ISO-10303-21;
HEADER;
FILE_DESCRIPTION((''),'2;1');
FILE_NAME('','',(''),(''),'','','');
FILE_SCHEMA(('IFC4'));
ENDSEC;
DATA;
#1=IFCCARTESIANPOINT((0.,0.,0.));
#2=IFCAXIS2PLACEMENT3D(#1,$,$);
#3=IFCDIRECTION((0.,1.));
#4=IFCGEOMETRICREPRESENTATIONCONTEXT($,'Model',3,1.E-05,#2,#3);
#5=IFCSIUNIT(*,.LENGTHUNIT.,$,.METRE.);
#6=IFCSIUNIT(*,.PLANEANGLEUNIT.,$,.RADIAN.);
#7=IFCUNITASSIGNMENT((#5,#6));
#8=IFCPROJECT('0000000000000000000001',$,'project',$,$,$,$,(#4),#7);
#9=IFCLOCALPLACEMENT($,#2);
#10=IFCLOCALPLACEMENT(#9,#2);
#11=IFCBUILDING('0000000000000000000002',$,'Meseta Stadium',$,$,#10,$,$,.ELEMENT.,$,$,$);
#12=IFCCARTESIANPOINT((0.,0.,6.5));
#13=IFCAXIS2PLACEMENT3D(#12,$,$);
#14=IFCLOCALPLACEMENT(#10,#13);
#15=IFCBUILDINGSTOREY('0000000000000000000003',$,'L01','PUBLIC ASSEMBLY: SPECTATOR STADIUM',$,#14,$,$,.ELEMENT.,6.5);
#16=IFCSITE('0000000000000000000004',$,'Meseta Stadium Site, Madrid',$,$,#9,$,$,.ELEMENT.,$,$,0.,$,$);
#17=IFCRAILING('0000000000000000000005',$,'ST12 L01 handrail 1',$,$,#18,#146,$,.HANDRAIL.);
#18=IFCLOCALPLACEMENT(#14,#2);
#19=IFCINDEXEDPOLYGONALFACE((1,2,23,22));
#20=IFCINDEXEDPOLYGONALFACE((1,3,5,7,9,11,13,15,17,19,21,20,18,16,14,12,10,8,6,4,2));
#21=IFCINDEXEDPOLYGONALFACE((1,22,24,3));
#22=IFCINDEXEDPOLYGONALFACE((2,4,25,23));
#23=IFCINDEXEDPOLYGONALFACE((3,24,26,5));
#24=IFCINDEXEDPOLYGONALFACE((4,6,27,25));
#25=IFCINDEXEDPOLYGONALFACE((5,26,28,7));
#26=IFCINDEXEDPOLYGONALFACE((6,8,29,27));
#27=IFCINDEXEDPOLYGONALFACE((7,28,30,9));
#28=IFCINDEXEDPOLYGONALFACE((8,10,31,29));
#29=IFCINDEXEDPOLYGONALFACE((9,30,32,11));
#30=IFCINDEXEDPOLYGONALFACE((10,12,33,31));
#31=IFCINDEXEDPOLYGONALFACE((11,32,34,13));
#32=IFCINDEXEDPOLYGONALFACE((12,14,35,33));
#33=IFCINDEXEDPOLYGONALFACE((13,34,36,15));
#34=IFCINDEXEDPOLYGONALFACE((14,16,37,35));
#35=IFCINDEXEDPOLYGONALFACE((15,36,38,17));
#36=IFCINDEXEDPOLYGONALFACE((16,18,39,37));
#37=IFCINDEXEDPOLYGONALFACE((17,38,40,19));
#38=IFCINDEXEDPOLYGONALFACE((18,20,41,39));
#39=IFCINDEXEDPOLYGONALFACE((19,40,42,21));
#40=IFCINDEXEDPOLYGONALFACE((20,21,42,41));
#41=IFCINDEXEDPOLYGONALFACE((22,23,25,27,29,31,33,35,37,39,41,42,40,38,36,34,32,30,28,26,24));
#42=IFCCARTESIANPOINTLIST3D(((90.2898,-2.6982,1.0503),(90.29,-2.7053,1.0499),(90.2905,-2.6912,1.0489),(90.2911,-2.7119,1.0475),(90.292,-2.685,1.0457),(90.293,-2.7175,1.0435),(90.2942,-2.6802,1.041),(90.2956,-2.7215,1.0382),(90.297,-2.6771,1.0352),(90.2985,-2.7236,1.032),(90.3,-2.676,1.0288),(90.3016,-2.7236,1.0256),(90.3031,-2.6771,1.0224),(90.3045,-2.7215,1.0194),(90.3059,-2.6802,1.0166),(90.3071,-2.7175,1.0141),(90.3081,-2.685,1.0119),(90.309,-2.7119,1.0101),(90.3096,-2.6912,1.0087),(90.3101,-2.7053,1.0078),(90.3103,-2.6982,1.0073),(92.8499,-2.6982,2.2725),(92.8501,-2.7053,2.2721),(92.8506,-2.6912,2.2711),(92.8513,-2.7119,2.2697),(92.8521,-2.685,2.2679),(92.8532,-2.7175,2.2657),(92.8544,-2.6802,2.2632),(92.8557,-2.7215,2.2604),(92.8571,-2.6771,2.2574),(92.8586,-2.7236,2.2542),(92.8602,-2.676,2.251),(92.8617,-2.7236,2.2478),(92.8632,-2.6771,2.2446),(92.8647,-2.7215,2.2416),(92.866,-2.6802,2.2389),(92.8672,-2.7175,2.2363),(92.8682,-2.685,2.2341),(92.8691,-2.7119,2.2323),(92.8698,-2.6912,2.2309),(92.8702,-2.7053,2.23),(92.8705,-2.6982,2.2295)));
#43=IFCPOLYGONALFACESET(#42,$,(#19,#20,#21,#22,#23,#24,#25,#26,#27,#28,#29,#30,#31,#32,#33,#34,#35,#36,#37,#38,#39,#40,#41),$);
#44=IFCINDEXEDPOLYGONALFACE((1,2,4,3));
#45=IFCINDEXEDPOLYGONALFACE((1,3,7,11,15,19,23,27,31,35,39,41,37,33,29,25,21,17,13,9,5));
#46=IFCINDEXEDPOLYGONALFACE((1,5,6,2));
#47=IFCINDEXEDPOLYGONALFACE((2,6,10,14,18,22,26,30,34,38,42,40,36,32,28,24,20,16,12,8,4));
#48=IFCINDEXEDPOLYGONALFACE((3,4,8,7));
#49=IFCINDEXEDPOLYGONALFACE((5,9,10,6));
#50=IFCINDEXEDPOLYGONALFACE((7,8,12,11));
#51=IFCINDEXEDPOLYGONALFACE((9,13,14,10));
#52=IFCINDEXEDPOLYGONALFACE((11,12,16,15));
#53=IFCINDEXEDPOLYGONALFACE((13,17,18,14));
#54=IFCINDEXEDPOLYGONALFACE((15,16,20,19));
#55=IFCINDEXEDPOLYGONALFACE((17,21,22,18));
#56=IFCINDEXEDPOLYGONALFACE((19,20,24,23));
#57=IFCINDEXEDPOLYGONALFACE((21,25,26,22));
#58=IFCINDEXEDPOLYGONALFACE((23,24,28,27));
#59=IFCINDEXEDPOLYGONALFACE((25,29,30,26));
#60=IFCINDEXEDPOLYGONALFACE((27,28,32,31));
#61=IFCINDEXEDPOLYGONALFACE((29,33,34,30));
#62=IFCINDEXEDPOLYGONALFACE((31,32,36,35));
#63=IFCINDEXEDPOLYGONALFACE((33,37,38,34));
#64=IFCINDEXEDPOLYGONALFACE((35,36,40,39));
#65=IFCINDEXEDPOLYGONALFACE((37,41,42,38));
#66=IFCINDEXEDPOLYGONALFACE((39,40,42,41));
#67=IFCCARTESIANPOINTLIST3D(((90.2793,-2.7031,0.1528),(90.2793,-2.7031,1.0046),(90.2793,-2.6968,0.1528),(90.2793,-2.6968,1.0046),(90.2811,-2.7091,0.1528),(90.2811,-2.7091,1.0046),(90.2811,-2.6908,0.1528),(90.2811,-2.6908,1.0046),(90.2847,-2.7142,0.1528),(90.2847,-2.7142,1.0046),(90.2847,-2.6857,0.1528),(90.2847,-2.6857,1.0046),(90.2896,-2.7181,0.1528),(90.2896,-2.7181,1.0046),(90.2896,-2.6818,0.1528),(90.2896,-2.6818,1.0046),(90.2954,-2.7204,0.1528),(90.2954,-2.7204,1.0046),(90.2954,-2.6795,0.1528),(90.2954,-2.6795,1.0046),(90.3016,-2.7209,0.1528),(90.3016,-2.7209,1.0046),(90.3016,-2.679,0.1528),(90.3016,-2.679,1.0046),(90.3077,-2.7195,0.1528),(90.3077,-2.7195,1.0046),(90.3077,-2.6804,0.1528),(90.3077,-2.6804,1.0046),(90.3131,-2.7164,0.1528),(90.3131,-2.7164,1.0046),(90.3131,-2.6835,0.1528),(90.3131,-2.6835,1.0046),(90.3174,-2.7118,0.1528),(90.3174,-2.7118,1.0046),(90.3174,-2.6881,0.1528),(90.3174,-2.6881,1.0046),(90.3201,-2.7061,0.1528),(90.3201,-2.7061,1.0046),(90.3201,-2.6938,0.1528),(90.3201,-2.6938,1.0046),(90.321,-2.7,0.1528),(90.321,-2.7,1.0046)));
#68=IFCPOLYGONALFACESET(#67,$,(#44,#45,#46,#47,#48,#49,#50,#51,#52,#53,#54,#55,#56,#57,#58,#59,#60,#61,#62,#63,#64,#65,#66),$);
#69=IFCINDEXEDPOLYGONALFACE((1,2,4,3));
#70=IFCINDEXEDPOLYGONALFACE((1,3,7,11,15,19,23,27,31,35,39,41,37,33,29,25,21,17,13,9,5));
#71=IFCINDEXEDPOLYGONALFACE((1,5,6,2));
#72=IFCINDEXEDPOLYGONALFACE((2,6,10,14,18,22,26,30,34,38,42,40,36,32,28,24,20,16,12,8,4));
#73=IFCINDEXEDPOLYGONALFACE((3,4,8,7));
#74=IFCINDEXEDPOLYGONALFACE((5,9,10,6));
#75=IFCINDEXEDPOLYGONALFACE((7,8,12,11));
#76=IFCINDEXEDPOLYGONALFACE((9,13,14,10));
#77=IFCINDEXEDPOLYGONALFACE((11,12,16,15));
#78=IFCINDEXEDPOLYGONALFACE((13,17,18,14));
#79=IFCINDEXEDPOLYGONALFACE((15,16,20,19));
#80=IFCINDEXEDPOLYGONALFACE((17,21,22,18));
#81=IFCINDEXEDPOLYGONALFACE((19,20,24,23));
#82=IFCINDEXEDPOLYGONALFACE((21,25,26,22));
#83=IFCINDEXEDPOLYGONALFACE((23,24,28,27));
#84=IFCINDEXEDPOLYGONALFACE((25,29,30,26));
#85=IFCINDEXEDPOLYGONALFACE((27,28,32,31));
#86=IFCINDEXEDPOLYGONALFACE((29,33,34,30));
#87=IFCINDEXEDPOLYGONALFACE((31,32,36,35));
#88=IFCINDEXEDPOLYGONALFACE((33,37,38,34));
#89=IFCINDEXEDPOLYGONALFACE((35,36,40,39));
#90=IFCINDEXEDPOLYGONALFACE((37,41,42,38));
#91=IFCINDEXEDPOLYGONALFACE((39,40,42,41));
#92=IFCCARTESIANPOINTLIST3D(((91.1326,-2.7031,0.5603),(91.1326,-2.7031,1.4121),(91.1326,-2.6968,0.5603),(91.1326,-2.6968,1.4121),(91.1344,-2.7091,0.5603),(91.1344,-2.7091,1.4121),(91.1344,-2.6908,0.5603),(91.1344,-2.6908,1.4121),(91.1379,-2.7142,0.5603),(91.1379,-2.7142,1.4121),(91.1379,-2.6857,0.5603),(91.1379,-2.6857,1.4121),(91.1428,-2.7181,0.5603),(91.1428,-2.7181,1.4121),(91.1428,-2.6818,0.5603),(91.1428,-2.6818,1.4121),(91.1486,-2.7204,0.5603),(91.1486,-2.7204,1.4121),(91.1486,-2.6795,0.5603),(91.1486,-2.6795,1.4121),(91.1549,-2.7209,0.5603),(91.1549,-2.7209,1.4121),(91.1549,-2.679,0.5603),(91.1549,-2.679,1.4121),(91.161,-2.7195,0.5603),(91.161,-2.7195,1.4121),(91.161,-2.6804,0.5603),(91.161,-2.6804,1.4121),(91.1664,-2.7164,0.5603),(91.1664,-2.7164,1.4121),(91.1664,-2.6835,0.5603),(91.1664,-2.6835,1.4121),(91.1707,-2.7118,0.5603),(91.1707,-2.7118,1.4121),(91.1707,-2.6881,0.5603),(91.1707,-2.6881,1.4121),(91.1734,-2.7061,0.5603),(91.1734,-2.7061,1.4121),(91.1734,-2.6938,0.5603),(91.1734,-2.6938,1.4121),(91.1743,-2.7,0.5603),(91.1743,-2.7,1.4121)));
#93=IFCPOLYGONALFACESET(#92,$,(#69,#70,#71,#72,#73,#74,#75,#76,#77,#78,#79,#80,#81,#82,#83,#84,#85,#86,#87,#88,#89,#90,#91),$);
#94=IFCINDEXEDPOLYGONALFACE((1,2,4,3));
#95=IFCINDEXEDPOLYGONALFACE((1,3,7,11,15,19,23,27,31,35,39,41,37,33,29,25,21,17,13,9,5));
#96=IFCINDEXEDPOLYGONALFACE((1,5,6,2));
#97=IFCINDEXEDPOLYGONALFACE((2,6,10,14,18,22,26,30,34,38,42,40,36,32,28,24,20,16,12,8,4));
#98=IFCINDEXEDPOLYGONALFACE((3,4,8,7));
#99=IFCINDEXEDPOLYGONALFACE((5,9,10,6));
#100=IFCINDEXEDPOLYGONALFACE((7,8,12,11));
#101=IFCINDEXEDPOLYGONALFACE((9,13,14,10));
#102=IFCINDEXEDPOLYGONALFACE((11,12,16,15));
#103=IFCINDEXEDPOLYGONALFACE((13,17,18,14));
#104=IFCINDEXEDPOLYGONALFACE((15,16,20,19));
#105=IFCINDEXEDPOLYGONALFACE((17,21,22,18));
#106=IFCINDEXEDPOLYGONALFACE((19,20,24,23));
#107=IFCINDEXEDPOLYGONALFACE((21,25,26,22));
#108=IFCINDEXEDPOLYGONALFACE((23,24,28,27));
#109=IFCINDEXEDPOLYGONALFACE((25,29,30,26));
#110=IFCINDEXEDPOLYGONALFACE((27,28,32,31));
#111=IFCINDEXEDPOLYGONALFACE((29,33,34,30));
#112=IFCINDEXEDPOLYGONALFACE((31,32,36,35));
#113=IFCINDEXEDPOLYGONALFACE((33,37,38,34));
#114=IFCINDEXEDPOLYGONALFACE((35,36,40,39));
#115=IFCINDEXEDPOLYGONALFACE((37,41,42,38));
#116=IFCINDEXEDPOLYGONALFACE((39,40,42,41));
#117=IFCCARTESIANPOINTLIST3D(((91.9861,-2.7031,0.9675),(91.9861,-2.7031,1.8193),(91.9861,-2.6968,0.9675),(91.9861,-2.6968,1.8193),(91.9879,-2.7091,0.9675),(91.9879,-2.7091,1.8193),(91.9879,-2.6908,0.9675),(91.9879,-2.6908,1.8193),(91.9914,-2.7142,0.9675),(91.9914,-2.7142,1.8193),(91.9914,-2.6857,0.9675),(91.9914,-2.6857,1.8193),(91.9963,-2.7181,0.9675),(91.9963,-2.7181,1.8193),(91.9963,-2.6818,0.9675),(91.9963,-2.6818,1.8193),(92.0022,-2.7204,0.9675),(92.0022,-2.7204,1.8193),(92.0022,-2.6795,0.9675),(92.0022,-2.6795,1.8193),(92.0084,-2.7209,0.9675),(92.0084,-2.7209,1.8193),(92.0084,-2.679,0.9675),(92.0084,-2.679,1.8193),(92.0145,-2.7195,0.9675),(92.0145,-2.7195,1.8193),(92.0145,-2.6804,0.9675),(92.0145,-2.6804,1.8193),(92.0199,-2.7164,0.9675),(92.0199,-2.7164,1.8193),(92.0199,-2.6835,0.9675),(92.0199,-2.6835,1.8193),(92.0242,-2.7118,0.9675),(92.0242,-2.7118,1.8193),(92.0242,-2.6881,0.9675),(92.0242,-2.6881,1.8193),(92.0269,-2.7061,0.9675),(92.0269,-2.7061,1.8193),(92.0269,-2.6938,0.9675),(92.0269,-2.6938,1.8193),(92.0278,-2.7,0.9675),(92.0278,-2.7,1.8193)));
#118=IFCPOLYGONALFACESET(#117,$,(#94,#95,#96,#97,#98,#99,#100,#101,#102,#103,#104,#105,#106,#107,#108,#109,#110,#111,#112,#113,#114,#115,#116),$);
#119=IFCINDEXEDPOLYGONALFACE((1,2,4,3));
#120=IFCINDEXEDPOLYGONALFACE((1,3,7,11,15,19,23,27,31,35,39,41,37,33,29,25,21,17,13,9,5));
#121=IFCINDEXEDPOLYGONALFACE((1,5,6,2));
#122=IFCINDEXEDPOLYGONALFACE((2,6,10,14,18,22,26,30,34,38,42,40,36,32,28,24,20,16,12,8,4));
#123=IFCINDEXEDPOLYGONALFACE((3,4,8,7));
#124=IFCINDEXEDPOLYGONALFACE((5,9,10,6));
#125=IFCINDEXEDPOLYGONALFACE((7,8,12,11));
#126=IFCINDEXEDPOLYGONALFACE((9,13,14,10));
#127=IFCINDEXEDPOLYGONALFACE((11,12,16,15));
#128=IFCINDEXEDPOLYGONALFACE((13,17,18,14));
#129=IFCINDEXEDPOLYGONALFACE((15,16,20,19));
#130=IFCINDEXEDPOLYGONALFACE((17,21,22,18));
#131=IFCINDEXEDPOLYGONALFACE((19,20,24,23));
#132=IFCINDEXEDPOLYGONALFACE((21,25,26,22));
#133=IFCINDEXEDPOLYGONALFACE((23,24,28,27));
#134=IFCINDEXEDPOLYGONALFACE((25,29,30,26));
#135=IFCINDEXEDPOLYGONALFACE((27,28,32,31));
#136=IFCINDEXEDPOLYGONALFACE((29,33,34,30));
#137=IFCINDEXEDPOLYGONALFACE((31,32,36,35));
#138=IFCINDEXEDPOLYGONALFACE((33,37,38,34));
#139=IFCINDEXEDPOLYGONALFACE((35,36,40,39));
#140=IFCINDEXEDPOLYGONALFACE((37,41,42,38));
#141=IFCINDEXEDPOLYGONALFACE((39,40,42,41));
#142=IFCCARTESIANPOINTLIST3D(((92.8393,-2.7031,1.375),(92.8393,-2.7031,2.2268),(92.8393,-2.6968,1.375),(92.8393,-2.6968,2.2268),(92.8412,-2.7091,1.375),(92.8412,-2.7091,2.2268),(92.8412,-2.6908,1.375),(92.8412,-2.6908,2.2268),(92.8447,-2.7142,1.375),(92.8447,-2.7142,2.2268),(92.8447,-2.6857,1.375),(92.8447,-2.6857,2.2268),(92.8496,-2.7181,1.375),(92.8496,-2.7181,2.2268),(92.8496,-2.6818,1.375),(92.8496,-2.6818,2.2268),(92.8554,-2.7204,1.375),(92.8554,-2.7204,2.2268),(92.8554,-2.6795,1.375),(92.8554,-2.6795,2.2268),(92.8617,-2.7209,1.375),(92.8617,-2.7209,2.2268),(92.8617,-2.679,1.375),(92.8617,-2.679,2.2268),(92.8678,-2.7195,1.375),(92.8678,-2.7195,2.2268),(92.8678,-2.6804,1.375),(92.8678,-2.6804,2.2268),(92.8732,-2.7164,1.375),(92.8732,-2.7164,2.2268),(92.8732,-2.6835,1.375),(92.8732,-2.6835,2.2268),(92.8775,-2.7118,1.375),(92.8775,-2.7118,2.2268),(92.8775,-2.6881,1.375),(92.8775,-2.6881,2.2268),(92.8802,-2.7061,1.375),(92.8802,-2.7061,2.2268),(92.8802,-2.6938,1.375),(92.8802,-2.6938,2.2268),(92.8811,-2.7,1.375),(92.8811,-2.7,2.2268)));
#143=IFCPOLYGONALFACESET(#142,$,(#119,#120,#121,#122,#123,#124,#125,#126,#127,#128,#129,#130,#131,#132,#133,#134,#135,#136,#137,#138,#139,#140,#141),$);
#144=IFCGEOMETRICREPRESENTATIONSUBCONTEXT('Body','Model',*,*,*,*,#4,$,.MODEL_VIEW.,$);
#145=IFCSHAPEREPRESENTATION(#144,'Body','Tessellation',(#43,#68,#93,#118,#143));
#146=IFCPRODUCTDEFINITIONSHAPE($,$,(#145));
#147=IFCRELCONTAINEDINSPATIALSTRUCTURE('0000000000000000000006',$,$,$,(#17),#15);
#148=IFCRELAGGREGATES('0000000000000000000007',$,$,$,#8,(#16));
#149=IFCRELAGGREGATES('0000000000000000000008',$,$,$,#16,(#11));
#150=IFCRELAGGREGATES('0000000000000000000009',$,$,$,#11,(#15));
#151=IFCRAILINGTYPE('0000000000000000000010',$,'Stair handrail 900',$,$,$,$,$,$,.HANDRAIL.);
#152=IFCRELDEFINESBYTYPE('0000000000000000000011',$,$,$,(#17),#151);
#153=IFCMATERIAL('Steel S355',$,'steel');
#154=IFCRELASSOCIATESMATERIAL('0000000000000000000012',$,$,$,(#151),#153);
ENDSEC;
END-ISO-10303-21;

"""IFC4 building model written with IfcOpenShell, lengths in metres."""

from ifc_helpers import new_model, si_unit, direction, frame, origin, origin_2d, place, context, subcontext, project, spatial, circle, extrude, material, type_object, element, save


model = new_model("IFC4")

# Units and contexts
model_context = context("Model", 3, precision=1e-05, world=origin(), true_north=direction((0.0, 1.0)))
body_context = subcontext(model_context, "Body", "Model", "MODEL_VIEW")
ifc_project = project(units=[si_unit("LENGTHUNIT", "METRE"), si_unit("PLANEANGLEUNIT", "RADIAN")], contexts=[model_context])

# Site, building, storey
site_placement = place(None, origin())
site = spatial("IfcSite", under=ifc_project, at=site_placement, Name="Meseta Stadium Site, Madrid", CompositionType="ELEMENT", RefElevation=0.0)
building_placement = place(site_placement, origin())
building = spatial("IfcBuilding", under=site, at=building_placement, Name="Meseta Stadium", CompositionType="ELEMENT")
storey_placement = place(building_placement, frame((0.0, 0.0, 6.5)))
storey = spatial("IfcBuildingStorey", under=building, at=storey_placement, Name="L01", Description="PUBLIC ASSEMBLY: SPECTATOR STADIUM", CompositionType="ELEMENT", Elevation=6.5)

# Railing
ifc_material_1 = material(Name="Steel S355", Category="steel")
railing_type_1 = type_object("IfcRailingType", Name="Stair handrail 900", PredefinedType="HANDRAIL", material=ifc_material_1)
for number, where, name in (
    (1, (90.3, -2.7, 0.1528), "ST12 L01 handrail 1"),
):
    element("IfcRailing", number, at=place(storey_placement, frame(where)), inside=storey, type_object=railing_type_1, Name=name, PredefinedType="HANDRAIL", context=body_context, shape_type="SweptSolid", body=[
        extrude(circle(Radius=0.0239, at=origin_2d()), frame((0.0, 0.0, 0.876), z_axis=(0.902437, 0.0, 0.430822), x_axis=(0.0, 1.0, 0.0)), (0.0, 0.0, 1.0), 2.8369),
        extrude(circle(Radius=0.021, at=origin_2d()), origin(), (0.0, 0.0, 1.0), 0.8518),
        extrude(circle(Radius=0.021, at=origin_2d()), frame((0.8533, 0.0, 0.4075)), (0.0, 0.0, 1.0), 0.8518),
        extrude(circle(Radius=0.021, at=origin_2d()), frame((1.7068, 0.0, 0.8147)), (0.0, 0.0, 1.0), 0.8518),
        extrude(circle(Radius=0.021, at=origin_2d()), frame((2.5601, 0.0, 1.2222)), (0.0, 0.0, 1.0), 0.8518),
    ])

save(model, "model.ifc")
